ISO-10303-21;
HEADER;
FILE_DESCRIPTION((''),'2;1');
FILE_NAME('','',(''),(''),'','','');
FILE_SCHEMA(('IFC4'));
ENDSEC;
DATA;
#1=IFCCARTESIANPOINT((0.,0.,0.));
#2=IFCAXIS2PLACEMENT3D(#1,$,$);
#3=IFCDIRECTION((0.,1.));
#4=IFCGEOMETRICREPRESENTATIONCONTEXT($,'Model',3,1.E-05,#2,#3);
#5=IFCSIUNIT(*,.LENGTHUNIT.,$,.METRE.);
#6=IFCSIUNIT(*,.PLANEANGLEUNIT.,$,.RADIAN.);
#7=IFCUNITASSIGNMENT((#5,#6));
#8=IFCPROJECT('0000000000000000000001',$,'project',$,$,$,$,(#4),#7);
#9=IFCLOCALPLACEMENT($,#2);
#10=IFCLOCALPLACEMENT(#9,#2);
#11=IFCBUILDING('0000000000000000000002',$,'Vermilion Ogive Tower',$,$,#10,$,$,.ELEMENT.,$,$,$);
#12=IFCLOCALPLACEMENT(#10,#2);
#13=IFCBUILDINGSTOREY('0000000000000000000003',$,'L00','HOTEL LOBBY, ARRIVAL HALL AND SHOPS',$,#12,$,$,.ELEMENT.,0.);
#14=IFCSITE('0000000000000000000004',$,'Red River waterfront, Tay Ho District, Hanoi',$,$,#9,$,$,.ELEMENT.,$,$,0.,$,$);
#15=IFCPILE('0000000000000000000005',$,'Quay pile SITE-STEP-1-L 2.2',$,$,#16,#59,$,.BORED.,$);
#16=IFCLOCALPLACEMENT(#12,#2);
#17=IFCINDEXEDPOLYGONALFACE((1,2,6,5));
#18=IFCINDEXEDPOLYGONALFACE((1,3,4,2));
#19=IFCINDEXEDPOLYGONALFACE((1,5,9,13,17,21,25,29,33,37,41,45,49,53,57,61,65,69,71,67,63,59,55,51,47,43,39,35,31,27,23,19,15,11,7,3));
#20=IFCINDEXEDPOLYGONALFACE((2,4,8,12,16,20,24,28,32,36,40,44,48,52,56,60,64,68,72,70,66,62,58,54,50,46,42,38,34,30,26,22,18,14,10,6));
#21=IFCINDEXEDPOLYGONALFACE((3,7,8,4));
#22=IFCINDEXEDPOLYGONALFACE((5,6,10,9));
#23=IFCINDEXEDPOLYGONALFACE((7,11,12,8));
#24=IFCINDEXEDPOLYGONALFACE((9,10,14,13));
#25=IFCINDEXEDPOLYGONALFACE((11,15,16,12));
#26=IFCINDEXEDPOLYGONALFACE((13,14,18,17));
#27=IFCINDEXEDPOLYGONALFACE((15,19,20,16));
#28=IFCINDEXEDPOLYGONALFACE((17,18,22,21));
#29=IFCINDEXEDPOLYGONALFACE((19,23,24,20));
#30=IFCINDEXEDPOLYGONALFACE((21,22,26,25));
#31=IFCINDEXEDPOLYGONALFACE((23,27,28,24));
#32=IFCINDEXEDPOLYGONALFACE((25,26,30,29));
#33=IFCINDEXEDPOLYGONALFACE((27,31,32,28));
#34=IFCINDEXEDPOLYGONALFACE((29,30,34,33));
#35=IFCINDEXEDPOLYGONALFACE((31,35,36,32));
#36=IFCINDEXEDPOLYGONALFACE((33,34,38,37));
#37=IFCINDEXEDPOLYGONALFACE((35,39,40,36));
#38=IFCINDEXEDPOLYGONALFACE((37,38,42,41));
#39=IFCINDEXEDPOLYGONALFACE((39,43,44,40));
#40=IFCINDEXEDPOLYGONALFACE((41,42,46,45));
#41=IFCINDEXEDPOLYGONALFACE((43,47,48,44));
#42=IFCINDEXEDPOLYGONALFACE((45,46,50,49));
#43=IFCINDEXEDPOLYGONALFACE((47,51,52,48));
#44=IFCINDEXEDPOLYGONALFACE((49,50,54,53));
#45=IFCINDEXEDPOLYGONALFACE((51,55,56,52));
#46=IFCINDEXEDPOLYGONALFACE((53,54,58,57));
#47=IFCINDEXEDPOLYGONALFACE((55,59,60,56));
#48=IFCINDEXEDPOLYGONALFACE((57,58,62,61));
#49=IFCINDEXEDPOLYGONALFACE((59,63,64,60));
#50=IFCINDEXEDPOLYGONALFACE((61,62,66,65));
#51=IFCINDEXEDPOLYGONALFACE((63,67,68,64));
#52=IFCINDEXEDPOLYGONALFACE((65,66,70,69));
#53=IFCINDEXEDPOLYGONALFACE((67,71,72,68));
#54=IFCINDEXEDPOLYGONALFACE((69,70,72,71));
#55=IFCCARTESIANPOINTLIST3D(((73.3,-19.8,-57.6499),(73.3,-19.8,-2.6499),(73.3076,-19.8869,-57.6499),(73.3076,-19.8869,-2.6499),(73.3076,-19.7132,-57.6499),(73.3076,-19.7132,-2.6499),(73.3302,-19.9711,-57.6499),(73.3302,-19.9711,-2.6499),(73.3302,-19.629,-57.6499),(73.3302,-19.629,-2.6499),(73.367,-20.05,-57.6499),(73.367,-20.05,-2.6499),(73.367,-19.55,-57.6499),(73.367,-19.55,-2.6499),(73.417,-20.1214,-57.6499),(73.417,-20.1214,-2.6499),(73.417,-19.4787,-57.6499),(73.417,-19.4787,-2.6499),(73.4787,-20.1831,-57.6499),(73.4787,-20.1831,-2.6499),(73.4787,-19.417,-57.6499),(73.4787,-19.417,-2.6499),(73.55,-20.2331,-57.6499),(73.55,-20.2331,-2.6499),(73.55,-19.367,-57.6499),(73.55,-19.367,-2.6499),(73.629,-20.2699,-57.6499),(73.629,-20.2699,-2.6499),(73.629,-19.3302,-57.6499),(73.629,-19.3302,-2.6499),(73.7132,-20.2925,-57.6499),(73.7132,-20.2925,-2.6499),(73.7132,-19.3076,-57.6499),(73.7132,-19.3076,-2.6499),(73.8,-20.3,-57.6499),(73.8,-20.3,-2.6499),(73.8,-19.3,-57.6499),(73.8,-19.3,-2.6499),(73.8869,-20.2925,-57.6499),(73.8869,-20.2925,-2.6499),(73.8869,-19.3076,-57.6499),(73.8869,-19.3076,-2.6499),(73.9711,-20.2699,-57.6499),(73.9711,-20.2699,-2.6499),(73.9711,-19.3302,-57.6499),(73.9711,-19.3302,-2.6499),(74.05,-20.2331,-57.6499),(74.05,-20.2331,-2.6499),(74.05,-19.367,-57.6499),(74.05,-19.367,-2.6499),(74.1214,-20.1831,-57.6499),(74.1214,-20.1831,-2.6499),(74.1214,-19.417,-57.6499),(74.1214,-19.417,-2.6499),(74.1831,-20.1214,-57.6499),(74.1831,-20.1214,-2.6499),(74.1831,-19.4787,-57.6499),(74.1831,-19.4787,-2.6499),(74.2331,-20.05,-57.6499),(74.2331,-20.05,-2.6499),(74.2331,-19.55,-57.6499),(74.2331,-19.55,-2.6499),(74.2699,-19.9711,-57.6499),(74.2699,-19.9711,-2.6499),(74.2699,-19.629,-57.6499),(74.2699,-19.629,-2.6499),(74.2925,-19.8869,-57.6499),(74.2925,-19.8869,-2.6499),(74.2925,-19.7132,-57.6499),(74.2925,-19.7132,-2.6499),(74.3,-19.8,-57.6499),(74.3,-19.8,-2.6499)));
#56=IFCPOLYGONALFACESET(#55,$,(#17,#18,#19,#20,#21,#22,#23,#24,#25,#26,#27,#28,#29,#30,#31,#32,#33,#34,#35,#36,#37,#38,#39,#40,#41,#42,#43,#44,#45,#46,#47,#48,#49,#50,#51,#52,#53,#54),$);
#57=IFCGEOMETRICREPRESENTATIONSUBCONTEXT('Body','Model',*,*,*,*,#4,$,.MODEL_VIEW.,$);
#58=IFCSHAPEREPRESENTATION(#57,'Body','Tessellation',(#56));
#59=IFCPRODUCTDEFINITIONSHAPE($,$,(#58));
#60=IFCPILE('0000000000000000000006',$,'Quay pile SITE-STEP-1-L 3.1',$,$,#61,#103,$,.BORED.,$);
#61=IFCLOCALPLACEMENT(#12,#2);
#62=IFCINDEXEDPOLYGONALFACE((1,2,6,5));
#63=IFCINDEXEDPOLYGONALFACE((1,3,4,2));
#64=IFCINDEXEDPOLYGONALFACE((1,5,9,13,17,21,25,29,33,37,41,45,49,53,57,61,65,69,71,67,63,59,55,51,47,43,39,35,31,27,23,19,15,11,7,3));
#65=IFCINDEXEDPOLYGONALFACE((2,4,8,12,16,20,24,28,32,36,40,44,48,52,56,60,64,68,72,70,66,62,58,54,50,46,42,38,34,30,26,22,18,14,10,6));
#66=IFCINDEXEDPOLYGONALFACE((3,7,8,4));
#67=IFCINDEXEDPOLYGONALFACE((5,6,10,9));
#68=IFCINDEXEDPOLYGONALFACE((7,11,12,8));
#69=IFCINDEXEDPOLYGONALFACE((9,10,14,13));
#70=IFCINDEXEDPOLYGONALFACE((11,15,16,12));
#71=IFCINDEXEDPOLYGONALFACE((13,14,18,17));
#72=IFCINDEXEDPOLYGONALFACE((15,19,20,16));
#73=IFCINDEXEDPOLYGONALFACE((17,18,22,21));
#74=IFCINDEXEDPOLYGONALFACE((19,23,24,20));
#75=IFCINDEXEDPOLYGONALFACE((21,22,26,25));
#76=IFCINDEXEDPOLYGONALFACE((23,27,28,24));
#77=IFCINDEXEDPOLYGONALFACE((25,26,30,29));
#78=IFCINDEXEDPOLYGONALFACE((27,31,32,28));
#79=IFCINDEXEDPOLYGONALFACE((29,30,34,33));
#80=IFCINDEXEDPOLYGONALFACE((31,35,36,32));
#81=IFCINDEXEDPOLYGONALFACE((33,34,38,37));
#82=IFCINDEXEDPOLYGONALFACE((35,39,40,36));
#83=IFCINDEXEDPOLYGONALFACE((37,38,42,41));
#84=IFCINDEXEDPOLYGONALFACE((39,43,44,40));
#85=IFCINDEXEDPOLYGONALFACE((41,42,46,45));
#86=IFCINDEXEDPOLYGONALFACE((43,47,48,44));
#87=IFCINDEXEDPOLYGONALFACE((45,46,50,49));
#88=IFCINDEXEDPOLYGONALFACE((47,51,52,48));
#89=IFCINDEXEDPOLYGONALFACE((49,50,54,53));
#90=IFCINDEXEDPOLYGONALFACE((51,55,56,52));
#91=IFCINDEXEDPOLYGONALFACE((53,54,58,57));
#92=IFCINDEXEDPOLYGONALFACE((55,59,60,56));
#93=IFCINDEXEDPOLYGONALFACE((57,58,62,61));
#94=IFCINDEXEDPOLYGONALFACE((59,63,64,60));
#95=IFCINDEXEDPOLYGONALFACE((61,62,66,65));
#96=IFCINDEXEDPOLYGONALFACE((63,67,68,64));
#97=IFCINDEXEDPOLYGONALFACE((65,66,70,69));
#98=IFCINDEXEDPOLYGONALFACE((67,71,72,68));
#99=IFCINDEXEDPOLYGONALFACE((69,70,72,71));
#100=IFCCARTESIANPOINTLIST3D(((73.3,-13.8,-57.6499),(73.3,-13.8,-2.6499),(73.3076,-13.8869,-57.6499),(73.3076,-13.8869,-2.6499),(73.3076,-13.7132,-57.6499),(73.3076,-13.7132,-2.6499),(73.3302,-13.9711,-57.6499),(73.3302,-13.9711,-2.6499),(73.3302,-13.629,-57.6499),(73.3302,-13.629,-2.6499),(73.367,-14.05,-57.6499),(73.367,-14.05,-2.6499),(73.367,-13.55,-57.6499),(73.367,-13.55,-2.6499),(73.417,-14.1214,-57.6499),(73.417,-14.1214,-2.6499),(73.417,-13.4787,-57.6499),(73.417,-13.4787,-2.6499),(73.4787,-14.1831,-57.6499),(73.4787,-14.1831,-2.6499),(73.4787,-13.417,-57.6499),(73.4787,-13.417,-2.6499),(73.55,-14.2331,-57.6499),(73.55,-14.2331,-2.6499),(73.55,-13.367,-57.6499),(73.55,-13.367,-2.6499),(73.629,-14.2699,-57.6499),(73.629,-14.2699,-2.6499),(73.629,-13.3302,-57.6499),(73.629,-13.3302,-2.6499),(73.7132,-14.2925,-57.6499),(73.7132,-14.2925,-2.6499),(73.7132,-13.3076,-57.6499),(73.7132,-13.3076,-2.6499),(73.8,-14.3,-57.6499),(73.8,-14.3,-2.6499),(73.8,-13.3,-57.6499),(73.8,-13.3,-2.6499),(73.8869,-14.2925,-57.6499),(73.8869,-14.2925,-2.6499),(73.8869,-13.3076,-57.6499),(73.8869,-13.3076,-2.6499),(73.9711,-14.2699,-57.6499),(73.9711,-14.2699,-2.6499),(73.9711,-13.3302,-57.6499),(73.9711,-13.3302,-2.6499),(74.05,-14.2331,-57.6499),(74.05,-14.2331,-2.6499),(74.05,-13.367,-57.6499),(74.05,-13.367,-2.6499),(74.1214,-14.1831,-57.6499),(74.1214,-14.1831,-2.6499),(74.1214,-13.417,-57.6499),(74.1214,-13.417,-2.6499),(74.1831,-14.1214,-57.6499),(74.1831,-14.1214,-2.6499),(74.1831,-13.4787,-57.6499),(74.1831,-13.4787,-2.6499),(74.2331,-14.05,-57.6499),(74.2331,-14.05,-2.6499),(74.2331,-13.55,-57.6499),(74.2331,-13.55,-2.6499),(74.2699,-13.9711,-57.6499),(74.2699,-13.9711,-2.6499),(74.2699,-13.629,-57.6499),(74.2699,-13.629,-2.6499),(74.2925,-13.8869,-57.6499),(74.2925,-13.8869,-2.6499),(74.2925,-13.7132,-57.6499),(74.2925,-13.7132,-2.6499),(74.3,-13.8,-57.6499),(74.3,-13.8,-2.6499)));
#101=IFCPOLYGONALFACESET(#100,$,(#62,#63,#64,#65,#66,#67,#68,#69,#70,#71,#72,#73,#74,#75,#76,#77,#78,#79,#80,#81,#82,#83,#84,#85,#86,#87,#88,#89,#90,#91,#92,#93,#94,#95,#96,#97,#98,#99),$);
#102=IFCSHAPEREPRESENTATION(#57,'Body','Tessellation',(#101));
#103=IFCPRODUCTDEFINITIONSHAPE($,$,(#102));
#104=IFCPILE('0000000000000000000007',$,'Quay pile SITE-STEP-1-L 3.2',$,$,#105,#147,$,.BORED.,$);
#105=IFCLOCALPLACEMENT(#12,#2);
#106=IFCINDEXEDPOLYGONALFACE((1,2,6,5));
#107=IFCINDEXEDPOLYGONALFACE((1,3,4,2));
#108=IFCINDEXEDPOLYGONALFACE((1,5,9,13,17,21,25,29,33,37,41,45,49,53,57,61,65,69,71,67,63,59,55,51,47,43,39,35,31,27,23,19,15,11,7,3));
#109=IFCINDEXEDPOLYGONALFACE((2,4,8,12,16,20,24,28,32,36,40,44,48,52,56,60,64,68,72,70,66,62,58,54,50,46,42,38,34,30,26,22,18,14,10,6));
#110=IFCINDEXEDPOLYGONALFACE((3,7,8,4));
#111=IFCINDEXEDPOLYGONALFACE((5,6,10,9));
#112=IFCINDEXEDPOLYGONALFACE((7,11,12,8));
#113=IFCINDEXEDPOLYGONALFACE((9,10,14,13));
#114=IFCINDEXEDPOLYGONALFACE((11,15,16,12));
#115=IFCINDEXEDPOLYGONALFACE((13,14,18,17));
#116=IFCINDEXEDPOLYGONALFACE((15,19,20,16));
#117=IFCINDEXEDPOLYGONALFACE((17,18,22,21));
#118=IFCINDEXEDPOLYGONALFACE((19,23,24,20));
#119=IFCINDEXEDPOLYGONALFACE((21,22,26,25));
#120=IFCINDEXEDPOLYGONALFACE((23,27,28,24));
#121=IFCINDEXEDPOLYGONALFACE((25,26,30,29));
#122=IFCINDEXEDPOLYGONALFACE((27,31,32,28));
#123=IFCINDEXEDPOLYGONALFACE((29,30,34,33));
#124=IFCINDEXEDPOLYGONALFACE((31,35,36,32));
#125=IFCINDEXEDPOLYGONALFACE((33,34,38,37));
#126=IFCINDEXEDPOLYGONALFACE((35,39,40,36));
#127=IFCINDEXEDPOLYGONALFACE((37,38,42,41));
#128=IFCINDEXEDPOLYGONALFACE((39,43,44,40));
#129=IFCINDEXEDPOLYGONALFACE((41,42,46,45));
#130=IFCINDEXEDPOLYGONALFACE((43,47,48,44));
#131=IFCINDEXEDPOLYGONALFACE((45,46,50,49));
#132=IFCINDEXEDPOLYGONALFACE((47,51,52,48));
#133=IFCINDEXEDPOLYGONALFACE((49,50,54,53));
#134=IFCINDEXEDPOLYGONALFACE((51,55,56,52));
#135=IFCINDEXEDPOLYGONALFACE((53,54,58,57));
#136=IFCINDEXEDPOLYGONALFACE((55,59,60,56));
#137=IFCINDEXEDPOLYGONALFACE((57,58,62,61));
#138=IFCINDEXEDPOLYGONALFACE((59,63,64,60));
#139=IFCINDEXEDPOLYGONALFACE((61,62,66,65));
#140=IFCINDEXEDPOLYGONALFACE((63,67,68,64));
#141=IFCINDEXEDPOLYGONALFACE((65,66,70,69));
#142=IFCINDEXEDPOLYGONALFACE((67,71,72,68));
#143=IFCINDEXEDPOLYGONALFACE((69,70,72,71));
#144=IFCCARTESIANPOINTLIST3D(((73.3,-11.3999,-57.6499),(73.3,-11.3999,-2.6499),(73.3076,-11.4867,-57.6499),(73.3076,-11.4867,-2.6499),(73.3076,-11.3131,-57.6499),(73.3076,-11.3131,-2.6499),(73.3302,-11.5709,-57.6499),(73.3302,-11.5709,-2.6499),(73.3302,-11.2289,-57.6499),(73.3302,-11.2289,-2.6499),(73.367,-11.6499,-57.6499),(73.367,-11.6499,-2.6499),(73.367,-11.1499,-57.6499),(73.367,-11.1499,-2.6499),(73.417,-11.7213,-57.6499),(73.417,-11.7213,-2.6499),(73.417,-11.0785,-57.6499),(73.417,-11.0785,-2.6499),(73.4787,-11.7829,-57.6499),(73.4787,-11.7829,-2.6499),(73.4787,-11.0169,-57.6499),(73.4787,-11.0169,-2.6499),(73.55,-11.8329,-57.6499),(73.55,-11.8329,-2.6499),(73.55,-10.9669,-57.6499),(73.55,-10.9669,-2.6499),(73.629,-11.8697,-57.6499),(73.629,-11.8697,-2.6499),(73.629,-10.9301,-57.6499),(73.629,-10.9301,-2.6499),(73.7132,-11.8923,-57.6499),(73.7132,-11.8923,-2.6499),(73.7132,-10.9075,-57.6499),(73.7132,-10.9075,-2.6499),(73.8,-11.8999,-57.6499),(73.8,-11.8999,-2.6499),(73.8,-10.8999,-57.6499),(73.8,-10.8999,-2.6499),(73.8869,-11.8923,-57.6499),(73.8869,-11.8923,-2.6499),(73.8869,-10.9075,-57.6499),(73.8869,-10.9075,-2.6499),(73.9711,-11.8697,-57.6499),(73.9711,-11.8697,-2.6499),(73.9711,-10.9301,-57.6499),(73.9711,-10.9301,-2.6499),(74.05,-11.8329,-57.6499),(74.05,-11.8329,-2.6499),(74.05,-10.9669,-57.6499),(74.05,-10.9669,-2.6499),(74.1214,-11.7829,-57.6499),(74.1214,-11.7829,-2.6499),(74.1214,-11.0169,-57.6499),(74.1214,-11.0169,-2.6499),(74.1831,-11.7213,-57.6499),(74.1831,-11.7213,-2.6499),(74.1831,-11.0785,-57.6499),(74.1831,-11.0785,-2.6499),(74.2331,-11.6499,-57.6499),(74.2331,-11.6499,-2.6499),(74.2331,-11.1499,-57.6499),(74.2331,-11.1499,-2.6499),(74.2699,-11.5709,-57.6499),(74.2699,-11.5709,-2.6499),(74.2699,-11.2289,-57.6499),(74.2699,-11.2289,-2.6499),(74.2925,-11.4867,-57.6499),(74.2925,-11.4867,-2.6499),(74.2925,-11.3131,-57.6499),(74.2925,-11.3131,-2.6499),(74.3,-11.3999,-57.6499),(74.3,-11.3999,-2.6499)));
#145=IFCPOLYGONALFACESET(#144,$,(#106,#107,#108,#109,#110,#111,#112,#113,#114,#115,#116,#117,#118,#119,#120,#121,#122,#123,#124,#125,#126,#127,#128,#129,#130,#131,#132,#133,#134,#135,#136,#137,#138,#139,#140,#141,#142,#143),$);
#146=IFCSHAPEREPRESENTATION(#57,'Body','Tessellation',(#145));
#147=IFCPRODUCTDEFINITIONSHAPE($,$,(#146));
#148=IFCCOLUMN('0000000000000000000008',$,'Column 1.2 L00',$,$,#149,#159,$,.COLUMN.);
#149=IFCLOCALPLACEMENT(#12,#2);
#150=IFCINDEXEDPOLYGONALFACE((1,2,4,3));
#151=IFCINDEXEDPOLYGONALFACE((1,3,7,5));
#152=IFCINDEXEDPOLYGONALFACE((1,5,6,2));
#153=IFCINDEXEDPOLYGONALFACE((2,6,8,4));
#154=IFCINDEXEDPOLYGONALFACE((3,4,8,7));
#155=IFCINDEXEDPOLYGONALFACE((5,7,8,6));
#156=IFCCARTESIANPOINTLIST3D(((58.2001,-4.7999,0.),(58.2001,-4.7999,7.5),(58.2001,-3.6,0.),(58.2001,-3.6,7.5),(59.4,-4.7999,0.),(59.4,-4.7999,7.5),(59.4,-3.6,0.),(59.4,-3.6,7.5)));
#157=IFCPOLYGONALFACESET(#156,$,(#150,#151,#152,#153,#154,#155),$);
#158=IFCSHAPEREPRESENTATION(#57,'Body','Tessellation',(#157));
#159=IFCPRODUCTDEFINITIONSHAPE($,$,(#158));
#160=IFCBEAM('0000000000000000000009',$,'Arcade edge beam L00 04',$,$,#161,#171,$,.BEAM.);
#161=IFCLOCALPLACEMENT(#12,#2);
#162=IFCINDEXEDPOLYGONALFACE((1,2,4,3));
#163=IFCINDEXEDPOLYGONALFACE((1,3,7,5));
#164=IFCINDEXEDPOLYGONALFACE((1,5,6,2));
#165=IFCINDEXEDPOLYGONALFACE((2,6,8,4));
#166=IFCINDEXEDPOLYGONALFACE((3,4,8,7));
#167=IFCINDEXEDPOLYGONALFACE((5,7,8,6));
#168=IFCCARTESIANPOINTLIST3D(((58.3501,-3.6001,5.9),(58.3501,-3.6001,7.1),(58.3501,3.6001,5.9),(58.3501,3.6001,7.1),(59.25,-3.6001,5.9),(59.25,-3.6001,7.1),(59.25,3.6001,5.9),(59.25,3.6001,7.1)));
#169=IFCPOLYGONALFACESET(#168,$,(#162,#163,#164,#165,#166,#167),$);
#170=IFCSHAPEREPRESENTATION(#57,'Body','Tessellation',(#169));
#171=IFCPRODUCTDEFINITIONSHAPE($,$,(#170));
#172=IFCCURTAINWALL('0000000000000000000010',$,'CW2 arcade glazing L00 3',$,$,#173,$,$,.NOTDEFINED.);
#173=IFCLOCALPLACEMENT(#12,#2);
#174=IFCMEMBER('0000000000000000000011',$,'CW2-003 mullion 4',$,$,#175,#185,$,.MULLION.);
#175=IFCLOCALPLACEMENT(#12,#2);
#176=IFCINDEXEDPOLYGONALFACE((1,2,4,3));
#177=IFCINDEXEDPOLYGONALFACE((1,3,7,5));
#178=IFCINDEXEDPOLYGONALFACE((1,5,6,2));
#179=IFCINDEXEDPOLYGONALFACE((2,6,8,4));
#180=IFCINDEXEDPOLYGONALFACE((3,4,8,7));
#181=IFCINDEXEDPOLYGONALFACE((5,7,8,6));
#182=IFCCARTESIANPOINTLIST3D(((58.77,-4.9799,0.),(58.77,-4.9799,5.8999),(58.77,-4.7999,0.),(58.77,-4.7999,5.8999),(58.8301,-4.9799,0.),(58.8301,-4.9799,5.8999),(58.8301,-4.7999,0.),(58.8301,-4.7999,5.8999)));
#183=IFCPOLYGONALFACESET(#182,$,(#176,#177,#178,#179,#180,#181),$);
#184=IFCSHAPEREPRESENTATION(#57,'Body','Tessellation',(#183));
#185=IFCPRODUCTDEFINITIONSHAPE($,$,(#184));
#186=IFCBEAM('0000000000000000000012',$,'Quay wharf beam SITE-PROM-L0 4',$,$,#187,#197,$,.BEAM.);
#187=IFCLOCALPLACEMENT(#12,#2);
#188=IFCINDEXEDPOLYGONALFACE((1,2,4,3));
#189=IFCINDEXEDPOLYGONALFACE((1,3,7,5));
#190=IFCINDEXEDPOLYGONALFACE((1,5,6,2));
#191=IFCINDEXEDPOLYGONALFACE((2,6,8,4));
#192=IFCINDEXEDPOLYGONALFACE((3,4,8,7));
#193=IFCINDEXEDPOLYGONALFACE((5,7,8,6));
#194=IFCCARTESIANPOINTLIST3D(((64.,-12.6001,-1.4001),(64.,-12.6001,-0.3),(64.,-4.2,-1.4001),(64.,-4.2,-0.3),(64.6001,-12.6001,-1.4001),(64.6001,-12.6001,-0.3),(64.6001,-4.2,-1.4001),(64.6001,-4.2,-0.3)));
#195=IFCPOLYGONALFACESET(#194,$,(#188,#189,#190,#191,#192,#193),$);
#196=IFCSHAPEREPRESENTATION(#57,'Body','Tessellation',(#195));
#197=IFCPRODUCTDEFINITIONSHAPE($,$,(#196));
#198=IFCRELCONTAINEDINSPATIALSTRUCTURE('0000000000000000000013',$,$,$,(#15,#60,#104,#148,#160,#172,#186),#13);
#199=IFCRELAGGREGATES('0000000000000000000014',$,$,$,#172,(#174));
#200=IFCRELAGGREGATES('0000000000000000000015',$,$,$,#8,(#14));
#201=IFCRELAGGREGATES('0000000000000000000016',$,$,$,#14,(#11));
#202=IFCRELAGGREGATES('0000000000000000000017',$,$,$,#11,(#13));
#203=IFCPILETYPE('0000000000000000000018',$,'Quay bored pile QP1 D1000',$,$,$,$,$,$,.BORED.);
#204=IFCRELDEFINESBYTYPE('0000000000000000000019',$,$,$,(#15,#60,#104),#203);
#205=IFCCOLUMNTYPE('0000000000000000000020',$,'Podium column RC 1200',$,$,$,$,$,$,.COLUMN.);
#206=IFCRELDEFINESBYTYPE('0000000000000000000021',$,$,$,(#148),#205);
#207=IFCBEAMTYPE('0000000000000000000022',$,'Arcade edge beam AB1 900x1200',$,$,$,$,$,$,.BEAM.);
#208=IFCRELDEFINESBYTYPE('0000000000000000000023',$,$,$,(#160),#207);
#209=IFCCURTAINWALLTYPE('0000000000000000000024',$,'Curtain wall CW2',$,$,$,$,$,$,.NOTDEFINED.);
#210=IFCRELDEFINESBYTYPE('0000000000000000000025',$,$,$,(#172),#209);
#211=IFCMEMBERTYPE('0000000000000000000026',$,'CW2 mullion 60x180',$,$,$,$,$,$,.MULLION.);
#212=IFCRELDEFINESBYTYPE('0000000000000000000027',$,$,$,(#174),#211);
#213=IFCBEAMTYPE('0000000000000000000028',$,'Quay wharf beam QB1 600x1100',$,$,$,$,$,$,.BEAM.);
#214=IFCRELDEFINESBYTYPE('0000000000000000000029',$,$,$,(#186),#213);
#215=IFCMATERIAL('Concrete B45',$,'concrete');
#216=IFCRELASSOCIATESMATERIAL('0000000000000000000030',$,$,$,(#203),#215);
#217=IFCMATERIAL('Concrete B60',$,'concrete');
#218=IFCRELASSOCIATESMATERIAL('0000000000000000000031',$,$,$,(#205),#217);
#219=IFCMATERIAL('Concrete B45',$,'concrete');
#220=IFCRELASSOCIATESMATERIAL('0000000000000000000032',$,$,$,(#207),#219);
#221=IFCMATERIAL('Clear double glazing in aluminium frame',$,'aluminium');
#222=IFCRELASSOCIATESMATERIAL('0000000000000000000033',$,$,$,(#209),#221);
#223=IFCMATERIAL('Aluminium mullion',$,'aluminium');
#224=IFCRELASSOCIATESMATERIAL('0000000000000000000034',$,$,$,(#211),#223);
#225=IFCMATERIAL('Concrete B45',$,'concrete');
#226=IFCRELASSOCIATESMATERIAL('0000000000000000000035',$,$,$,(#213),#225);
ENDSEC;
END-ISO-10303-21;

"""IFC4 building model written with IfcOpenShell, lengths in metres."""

from ifc_helpers import new_model, si_unit, direction, frame, origin, origin_2d, place, context, subcontext, project, spatial, rectangle, circle, extrude, material, material_profile, profile_set, type_object, element, aggregate, save


model = new_model("IFC4")

# Units and contexts
model_context = context("Model", 3, precision=1e-05, world=origin(), true_north=direction((0.0, 1.0)))
body_context = subcontext(model_context, "Body", "Model", "MODEL_VIEW")
ifc_project = project(units=[si_unit("LENGTHUNIT", "METRE"), si_unit("PLANEANGLEUNIT", "RADIAN")], contexts=[model_context])

# Site, building, storey
site_placement = place(None, origin())
site = spatial("IfcSite", under=ifc_project, at=site_placement, Name="Red River waterfront, Tay Ho District, Hanoi", CompositionType="ELEMENT", RefElevation=0.0)
building_placement = place(site_placement, origin())
building = spatial("IfcBuilding", under=site, at=building_placement, Name="Vermilion Ogive Tower", CompositionType="ELEMENT")
storey_placement = place(building_placement, origin())
storey = spatial("IfcBuildingStorey", under=building, at=storey_placement, Name="L00", Description="HOTEL LOBBY, ARRIVAL HALL AND SHOPS", CompositionType="ELEMENT", Elevation=0.0)

# Piles
ifc_material_1 = material(Name="Concrete B45", Category="concrete")
pile_type = type_object("IfcPileType", Name="Quay bored pile QP1 D1000", PredefinedType="BORED", material=ifc_material_1)
for number, where, z_axis, x_axis, name in (
    (1, (73.8, -19.8, -2.6499), (0.0, 0.0, -1.0), (1.0, 0.0, 0.0), "Quay pile SITE-STEP-1-L 2.2"),
    (2, (73.8, -13.8, -2.6499), (0.0, 0.0, -1.0), (1.0, 0.0, 0.0), "Quay pile SITE-STEP-1-L 3.1"),
    (3, (73.8, -11.3999, -2.6499), (0.0, 0.0, -1.0), (1.0, 0.0, 0.0), "Quay pile SITE-STEP-1-L 3.2"),
):
    element("IfcPile", number, at=place(storey_placement, frame(where, z_axis=z_axis, x_axis=x_axis)), inside=storey, type_object=pile_type, Name=name, PredefinedType="BORED", context=body_context, shape_type="SweptSolid", body=[
        extrude(circle(Radius=0.5, at=origin_2d()), origin(), (0.0, 0.0, 1.0), 55.0),
    ])

# Column
ifc_material_2 = material(Name="Concrete B60", Category="concrete")
ifc_material_profile_1 = material_profile(ifc_material_2, rectangle(XDim=1.2, YDim=1.2, at=origin_2d()), Name="RC 1200x1200")
ifc_profile_set_1 = profile_set([ifc_material_profile_1], Name="Concrete B60")
column_type = type_object("IfcColumnType", Name="Podium column RC 1200", PredefinedType="COLUMN", material=ifc_profile_set_1)
column_placement = place(storey_placement, frame((58.8, -4.2, 0.0), z_axis=(0.0, 0.0, 1.0), x_axis=(1.0, 0.0, 0.0)))
element("IfcColumn", 4, at=column_placement, inside=storey, type_object=column_type, Name="Column 1.2 L00", PredefinedType="COLUMN", context=body_context, shape_type="SweptSolid", body=[
    extrude(rectangle(XDim=1.2, YDim=1.2, at=origin_2d()), origin(), (0.0, 0.0, 1.0), 7.5),
])

# Beam
ifc_material_3 = material(Name="Concrete B45", Category="concrete")
ifc_material_profile_2 = material_profile(ifc_material_3, rectangle(XDim=0.8999, YDim=1.2, at=origin_2d()), Name="RC 900x1200")
ifc_profile_set_2 = profile_set([ifc_material_profile_2], Name="Concrete B45")
beam_type_1 = type_object("IfcBeamType", Name="Arcade edge beam AB1 900x1200", PredefinedType="BEAM", material=ifc_profile_set_2)
beam_1_placement = place(storey_placement, frame((58.8, -3.6001, 6.5), z_axis=(0.0, 1.0, 0.0), x_axis=(-1.0, 0.0, 0.0)))
element("IfcBeam", 5, at=beam_1_placement, inside=storey, type_object=beam_type_1, Name="Arcade edge beam L00 04", PredefinedType="BEAM", context=body_context, shape_type="SweptSolid", body=[
    extrude(rectangle(XDim=0.8999, YDim=1.2, at=origin_2d()), origin(), (0.0, 0.0, 1.0), 7.2002),
])

# Curtain wall, member
ifc_material_4 = material(Name="Clear double glazing in aluminium frame", Category="aluminium")
curtain_wall_type = type_object("IfcCurtainWallType", Name="Curtain wall CW2", PredefinedType="NOTDEFINED", material=ifc_material_4)
curtain_wall_placement = place(storey_placement, origin())
curtain_wall = element("IfcCurtainWall", 6, at=curtain_wall_placement, inside=storey, type_object=curtain_wall_type, Name="CW2 arcade glazing L00 3", PredefinedType="NOTDEFINED")
ifc_material_5 = material(Name="Aluminium mullion", Category="aluminium")
ifc_material_profile_3 = material_profile(ifc_material_5, rectangle(XDim=0.0601, YDim=0.1799, at=origin_2d()), Name="AL 60x180")
ifc_profile_set_3 = profile_set([ifc_material_profile_3], Name="Aluminium mullion")
member_type = type_object("IfcMemberType", Name="CW2 mullion 60x180", PredefinedType="MULLION", material=ifc_profile_set_3)
member_placement = place(storey_placement, frame((58.8, -4.8899, 0.0), z_axis=(0.0, 0.0, 1.0), x_axis=(-1.0, 0.0, 0.0)))
member = element("IfcMember", 7, at=member_placement, type_object=member_type, Name="CW2-003 mullion 4", PredefinedType="MULLION", context=body_context, shape_type="SweptSolid", body=[
    extrude(rectangle(XDim=0.0601, YDim=0.1799, at=origin_2d()), origin(), (0.0, 0.0, 1.0), 5.8999),
])

# Beam
ifc_material_6 = material(Name="Concrete B45", Category="concrete")
ifc_material_profile_4 = material_profile(ifc_material_6, rectangle(XDim=0.6001, YDim=1.1001, at=origin_2d()), Name="RC 600x1100")
ifc_profile_set_4 = profile_set([ifc_material_profile_4], Name="Concrete B45")
beam_type_2 = type_object("IfcBeamType", Name="Quay wharf beam QB1 600x1100", PredefinedType="BEAM", material=ifc_profile_set_4)
beam_2_placement = place(storey_placement, frame((64.3, -12.6001, -0.8501), z_axis=(0.0, 1.0, 0.0), x_axis=(-1.0, 0.0, 0.0)))
element("IfcBeam", 8, at=beam_2_placement, inside=storey, type_object=beam_type_2, Name="Quay wharf beam SITE-PROM-L0 4", PredefinedType="BEAM", context=body_context, shape_type="SweptSolid", body=[
    extrude(rectangle(XDim=0.6001, YDim=1.1001, at=origin_2d()), origin(), (0.0, 0.0, 1.0), 8.4001),
])

aggregate(curtain_wall, [member])

save(model, "model.ifc")
